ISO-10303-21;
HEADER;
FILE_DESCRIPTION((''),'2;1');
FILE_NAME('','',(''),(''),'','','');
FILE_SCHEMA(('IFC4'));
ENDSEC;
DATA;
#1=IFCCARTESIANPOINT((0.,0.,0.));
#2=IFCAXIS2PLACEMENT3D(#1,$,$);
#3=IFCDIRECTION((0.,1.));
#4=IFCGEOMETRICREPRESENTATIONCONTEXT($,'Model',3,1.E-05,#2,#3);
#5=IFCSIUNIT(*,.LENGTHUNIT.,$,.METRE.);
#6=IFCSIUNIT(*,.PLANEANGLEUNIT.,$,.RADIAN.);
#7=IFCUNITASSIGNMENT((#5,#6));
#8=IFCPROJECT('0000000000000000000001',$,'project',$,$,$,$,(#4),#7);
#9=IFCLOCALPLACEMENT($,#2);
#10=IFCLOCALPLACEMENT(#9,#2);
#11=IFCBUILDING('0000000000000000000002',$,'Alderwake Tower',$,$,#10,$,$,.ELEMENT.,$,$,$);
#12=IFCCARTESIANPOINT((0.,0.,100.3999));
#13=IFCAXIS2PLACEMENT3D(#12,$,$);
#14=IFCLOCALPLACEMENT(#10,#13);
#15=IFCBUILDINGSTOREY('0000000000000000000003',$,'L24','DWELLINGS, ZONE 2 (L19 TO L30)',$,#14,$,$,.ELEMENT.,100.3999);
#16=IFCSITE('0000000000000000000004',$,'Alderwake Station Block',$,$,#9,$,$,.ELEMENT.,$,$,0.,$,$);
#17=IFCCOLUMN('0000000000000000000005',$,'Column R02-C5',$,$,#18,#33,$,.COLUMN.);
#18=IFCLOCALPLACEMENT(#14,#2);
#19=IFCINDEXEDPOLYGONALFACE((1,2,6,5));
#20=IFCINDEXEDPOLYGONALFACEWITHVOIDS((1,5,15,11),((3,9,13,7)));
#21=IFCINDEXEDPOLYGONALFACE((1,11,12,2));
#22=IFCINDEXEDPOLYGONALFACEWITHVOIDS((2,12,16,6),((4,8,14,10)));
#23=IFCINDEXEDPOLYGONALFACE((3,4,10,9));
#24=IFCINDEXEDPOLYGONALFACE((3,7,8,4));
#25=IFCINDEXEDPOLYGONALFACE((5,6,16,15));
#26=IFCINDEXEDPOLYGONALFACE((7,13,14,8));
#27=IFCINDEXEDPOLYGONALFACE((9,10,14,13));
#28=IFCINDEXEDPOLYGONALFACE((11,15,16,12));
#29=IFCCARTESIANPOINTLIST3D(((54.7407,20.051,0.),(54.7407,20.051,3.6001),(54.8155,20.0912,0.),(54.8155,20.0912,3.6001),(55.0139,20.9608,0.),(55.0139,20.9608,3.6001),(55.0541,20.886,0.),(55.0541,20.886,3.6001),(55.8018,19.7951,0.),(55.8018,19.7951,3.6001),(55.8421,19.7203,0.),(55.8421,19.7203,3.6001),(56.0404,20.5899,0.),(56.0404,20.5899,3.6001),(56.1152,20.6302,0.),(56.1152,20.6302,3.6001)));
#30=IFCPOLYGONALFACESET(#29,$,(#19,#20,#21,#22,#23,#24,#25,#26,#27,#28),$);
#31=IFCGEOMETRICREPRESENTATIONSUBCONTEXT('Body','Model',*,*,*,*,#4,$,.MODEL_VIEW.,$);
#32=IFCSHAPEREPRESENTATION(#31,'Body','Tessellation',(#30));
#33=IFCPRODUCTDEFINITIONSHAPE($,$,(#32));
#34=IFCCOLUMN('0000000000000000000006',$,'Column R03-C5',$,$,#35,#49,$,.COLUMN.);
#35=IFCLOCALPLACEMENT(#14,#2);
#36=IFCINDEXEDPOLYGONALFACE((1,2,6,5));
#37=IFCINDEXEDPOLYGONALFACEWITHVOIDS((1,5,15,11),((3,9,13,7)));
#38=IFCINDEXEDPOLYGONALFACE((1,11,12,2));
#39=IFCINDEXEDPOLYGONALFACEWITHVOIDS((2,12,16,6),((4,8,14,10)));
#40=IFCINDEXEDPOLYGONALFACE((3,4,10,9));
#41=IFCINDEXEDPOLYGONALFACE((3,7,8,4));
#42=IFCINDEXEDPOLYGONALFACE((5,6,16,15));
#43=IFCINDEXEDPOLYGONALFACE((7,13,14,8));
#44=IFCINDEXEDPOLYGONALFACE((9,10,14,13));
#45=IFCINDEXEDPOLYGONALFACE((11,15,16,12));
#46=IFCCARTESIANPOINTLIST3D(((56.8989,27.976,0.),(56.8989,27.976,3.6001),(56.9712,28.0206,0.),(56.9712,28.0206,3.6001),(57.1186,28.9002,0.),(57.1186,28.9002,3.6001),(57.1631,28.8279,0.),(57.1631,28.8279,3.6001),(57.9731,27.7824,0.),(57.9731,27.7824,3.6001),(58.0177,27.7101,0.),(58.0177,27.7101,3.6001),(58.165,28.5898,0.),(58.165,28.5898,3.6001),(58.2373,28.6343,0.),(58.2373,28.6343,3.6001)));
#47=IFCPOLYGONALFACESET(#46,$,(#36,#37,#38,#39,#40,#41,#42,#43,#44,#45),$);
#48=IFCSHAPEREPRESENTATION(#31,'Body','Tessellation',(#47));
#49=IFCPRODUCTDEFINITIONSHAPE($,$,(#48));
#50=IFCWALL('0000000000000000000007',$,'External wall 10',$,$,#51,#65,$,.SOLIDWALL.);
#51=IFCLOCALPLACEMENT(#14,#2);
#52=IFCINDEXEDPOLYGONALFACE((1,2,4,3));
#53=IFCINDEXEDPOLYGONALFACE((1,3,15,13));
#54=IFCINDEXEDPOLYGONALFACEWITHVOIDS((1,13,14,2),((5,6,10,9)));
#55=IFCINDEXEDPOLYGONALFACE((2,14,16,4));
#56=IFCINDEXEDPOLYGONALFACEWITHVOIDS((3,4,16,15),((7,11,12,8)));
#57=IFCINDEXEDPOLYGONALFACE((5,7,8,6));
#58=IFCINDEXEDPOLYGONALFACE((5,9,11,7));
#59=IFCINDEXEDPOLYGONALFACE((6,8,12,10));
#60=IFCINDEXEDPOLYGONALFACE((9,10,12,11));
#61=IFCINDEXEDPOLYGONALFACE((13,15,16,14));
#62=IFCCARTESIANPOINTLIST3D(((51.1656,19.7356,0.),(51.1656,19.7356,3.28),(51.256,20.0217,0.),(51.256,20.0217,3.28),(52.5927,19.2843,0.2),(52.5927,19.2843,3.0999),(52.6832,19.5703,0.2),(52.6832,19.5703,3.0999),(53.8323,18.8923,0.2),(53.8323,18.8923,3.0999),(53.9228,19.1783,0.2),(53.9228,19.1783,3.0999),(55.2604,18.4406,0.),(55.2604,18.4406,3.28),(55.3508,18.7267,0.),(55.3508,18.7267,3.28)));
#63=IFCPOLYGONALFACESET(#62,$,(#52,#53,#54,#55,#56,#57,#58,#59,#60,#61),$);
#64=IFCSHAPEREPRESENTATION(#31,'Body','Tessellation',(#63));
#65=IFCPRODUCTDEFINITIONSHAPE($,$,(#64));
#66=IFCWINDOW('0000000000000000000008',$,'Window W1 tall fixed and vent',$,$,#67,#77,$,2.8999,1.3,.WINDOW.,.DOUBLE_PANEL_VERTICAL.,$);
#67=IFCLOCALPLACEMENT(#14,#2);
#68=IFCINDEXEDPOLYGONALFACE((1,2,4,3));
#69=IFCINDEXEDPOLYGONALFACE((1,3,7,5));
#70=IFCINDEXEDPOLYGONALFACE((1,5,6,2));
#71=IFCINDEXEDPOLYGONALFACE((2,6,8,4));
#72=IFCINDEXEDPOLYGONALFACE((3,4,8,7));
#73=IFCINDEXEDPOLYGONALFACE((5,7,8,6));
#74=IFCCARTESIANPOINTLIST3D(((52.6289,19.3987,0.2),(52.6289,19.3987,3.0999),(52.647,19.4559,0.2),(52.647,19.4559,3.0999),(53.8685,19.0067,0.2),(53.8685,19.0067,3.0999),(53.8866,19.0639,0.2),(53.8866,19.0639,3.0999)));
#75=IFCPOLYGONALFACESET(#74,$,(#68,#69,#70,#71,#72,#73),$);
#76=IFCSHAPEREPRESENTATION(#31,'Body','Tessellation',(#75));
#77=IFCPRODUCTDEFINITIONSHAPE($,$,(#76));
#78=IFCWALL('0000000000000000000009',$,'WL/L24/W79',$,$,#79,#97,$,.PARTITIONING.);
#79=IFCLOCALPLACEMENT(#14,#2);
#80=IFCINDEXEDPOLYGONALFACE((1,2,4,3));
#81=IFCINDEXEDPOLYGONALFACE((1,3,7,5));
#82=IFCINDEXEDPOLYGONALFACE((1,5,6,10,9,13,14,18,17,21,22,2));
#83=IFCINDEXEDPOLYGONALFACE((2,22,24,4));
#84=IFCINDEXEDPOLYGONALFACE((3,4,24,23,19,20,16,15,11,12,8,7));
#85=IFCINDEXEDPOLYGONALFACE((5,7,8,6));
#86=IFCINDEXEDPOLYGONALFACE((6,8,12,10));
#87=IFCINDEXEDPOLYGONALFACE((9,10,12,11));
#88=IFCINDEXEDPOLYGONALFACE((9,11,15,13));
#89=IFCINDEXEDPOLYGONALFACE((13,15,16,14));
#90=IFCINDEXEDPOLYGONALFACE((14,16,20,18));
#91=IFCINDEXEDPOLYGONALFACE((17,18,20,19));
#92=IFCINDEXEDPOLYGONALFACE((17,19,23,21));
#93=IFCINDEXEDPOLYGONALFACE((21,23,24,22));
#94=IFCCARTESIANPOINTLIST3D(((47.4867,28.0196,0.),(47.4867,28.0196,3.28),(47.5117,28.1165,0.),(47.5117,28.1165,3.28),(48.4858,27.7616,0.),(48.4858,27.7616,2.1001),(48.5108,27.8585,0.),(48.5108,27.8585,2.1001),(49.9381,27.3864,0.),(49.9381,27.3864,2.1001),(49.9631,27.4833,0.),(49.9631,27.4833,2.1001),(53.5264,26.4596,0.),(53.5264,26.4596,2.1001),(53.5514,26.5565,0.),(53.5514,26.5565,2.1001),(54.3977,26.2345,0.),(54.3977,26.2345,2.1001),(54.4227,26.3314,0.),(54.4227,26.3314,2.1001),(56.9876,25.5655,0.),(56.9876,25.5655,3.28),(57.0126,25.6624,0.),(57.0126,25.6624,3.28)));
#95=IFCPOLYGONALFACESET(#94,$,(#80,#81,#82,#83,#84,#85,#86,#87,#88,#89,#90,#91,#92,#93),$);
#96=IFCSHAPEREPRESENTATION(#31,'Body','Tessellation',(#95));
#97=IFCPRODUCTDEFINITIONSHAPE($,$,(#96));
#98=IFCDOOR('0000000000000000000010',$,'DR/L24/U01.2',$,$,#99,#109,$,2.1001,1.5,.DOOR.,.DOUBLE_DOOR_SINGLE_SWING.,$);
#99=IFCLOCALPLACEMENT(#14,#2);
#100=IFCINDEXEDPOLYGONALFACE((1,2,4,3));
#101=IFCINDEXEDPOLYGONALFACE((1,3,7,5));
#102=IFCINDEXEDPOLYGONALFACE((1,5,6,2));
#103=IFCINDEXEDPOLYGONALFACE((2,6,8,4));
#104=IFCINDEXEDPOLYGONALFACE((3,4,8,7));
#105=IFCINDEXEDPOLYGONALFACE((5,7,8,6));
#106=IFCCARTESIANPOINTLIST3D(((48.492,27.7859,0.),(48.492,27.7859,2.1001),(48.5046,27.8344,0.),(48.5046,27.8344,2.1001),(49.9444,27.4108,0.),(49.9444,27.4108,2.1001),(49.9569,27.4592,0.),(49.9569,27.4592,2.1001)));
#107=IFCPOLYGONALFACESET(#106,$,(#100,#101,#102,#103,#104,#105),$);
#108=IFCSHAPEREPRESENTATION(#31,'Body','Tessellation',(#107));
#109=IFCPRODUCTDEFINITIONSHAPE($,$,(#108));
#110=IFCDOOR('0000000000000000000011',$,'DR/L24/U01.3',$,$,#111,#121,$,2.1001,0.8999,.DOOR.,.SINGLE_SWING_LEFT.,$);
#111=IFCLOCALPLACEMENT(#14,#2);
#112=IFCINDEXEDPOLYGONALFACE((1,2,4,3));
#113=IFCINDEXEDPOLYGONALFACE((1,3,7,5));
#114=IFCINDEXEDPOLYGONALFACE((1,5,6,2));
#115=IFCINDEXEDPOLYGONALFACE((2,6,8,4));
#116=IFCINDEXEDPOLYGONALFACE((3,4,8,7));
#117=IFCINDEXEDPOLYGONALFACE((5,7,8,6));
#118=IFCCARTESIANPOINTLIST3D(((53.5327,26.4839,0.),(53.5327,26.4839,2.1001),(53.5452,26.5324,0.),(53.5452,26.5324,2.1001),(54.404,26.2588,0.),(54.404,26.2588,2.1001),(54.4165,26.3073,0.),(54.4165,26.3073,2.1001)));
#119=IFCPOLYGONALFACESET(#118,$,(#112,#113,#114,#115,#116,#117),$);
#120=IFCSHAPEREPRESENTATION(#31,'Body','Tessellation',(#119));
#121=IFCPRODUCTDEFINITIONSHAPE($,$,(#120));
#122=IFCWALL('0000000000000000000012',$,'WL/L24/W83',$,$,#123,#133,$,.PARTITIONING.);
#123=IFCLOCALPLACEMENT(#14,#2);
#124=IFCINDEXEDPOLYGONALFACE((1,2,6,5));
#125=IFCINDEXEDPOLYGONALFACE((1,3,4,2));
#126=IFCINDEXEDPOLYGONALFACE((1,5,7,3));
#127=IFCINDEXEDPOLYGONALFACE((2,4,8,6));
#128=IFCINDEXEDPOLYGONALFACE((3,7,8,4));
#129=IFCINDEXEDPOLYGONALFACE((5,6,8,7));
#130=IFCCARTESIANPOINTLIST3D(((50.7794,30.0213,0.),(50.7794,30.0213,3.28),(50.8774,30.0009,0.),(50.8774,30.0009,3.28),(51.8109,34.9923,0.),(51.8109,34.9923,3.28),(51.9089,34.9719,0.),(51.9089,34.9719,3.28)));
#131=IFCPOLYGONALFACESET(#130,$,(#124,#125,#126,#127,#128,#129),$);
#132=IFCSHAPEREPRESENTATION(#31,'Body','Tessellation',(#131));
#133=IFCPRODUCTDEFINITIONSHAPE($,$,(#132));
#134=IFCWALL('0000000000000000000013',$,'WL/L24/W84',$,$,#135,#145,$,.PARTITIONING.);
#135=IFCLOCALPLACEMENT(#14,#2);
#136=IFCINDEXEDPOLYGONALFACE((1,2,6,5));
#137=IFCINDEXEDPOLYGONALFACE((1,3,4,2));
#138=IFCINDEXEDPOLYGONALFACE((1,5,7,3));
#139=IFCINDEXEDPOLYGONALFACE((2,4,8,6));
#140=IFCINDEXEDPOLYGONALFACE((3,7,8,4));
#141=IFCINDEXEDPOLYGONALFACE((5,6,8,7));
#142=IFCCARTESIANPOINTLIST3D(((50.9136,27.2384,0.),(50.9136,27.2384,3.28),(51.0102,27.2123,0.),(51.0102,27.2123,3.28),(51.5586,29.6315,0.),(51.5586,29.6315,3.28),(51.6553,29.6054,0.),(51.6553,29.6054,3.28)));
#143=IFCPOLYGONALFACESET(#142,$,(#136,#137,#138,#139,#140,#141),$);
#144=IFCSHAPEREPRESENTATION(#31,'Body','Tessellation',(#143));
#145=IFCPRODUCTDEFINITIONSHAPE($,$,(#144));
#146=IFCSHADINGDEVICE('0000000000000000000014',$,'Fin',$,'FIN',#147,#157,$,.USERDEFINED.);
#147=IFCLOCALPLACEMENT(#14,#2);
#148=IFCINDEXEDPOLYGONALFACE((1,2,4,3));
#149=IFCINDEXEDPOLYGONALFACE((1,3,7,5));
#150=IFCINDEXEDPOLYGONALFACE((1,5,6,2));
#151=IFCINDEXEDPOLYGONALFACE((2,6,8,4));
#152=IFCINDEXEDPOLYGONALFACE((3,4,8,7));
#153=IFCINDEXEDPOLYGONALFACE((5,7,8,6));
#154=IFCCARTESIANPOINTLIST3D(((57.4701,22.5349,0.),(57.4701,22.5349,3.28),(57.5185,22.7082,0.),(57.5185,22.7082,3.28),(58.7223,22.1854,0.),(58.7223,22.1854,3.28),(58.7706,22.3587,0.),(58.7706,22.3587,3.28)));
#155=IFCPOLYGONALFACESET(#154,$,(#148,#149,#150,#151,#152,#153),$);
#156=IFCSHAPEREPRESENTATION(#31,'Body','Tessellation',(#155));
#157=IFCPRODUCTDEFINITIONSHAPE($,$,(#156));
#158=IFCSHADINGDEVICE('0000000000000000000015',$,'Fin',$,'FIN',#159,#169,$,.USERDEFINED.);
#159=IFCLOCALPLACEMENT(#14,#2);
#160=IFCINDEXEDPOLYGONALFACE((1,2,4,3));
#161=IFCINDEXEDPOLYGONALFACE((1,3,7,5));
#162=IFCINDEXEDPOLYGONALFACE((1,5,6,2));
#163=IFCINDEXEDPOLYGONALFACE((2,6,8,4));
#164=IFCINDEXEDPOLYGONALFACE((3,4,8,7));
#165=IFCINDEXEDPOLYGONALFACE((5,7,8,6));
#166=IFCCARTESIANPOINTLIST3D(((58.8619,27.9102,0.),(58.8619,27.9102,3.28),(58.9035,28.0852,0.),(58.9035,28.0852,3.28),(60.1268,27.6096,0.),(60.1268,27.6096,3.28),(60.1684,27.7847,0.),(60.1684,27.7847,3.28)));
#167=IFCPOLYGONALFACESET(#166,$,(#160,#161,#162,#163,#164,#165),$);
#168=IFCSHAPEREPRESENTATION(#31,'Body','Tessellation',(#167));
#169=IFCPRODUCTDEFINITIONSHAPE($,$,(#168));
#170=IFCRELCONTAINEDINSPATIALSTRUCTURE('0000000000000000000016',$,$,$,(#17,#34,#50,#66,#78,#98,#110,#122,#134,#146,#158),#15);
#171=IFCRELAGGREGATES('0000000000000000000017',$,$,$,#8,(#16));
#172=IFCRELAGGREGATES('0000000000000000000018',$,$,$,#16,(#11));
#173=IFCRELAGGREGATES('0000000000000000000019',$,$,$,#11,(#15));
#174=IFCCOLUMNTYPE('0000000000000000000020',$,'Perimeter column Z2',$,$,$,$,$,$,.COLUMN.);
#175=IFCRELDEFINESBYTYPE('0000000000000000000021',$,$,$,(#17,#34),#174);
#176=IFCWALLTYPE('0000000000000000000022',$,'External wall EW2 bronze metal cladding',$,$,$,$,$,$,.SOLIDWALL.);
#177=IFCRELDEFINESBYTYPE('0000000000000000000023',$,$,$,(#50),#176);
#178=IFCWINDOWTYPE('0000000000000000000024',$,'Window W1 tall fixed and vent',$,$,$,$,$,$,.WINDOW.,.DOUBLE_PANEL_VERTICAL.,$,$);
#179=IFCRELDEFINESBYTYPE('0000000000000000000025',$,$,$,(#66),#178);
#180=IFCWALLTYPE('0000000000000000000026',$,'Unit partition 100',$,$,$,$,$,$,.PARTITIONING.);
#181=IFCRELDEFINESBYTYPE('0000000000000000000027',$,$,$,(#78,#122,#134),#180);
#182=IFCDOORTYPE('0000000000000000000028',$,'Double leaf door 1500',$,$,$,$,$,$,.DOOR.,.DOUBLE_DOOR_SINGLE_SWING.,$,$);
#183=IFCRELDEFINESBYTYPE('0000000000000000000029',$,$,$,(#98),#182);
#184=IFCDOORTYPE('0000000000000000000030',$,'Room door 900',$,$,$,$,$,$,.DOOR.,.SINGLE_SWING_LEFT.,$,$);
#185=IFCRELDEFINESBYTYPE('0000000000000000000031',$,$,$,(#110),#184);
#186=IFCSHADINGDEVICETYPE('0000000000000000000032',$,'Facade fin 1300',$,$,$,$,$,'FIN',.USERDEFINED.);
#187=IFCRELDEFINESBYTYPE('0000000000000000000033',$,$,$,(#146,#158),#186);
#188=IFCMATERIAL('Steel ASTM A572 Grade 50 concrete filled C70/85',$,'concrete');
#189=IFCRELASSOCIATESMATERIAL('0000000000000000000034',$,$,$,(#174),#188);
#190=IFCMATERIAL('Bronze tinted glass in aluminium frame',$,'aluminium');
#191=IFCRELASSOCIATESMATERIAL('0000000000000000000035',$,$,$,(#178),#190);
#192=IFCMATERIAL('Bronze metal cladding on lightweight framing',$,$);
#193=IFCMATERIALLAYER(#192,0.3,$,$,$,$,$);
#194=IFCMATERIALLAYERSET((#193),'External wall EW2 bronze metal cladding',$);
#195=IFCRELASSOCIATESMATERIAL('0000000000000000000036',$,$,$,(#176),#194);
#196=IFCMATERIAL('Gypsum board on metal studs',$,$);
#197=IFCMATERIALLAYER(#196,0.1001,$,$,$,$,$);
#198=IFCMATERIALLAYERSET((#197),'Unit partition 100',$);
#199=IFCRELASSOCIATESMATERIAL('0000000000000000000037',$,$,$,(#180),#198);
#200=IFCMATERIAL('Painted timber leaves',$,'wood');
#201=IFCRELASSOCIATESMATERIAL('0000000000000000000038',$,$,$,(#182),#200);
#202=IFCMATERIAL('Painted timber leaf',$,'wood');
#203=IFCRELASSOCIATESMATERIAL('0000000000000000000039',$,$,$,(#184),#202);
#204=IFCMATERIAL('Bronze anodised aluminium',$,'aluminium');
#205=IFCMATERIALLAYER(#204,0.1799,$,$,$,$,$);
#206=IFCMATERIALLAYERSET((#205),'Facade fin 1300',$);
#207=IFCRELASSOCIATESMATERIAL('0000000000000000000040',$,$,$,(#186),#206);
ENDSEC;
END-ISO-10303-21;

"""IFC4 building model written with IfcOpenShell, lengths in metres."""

from ifc_helpers import new_model, si_unit, direction, frame, frame_2d, origin, origin_2d, place, context, subcontext, project, spatial, rectangle, hollow_rectangle, extrude, material, layer, layer_set, material_profile, profile_set, type_object, element, fill, save


model = new_model("IFC4")

# Units and contexts
model_context = context("Model", 3, precision=1e-05, world=origin(), true_north=direction((0.0, 1.0)))
body_context = subcontext(model_context, "Body", "Model", "MODEL_VIEW")
ifc_project = project(units=[si_unit("LENGTHUNIT", "METRE"), si_unit("PLANEANGLEUNIT", "RADIAN")], contexts=[model_context])

# Site, building, storey
site_placement = place(None, origin())
site = spatial("IfcSite", under=ifc_project, at=site_placement, Name="Alderwake Station Block", CompositionType="ELEMENT", RefElevation=0.0)
building_placement = place(site_placement, origin())
building = spatial("IfcBuilding", under=site, at=building_placement, Name="Alderwake Tower", CompositionType="ELEMENT")
storey_placement = place(building_placement, frame((0.0, 0.0, 100.3999)))
storey = spatial("IfcBuildingStorey", under=building, at=storey_placement, Name="L24", Description="DWELLINGS, ZONE 2 (L19 TO L30)", CompositionType="ELEMENT", Elevation=100.3999)

# Columns
ifc_material_1 = material(Name="Steel ASTM A572 Grade 50 concrete filled C70/85", Category="concrete")
ifc_material_profile = material_profile(ifc_material_1, hollow_rectangle(XDim=0.95, YDim=1.1499, WallThickness=0.0601, at=origin_2d()), Name="BOX 1150X950X60")
ifc_profile_set = profile_set([ifc_material_profile], Name="Steel ASTM A572 Grade 50 concrete filled C70/85")
column_type = type_object("IfcColumnType", Name="Perimeter column Z2", PredefinedType="COLUMN", material=ifc_profile_set)
for number, where, z_axis, x_axis, name in (
    (1, (55.428, 20.3406, 0.0), (0.0, 0.0, 1.0), (0.287549, 0.957766, 0.0), "Column R02-C5"),
    (2, (57.5681, 28.3052, 0.0), (0.0, 0.0, 1.0), (0.231222, 0.972901, 0.0), "Column R03-C5"),
):
    element("IfcColumn", number, at=place(storey_placement, frame(where, z_axis=z_axis, x_axis=x_axis)), inside=storey, type_object=column_type, Name=name, PredefinedType="COLUMN", context=body_context, shape_type="SweptSolid", body=[
        extrude(hollow_rectangle(XDim=0.95, YDim=1.1499, WallThickness=0.0601, at=origin_2d()), origin(), (0.0, 0.0, 1.0), 3.6001),
    ])

# Shared definitions
ifc_material_2 = material(Name="Bronze tinted glass in aluminium frame", Category="aluminium")
window_type = type_object("IfcWindowType", Name="Window W1 tall fixed and vent", PartitioningType="DOUBLE_PANEL_VERTICAL", PredefinedType="WINDOW", material=ifc_material_2)

# Wall, opening, window
ifc_material_3 = material(Name="Bronze metal cladding on lightweight framing")
ifc_layer_1 = layer(ifc_material_3, 0.3)
ifc_layer_set_1 = layer_set([ifc_layer_1], Name="External wall EW2 bronze metal cladding")
wall_type_1 = type_object("IfcWallType", Name="External wall EW2 bronze metal cladding", PredefinedType="SOLIDWALL", material=ifc_layer_set_1)
wall_1_placement = place(storey_placement, frame((51.2107, 19.8787, 0.0), z_axis=(0.0, 0.0, 1.0), x_axis=(0.953459, -0.301523, 0.0)))
wall_1 = element("IfcWall", 3, at=wall_1_placement, inside=storey, type_object=wall_type_1, Name="External wall 10", PredefinedType="SOLIDWALL", context=body_context, shape_type="SweptSolid", body=[
    extrude(rectangle(XDim=4.2947, YDim=0.3, at=frame_2d((2.1475, 0.0))), origin(), (0.0, 0.0, 1.0), 3.28),
])
opening_1_placement = place(wall_1_placement, frame((1.4971, 0.0, 0.2)))
opening_1 = element("IfcOpeningElement", 4, at=opening_1_placement, cuts=wall_1, PredefinedType="OPENING", context=body_context, shape_type="SweptSolid", body=[
    extrude(rectangle(XDim=1.3, YDim=2.8999, at=frame_2d((0.6499, 1.45))), frame((0.0, 0.1599, 0.0), z_axis=(0.0, -1.0, 0.0), x_axis=(1.0, 0.0, 0.0)), (0.0, 0.0, 1.0), 0.3201),
])
window_1_placement = place(opening_1_placement, origin())
window_1 = element("IfcWindow", 5, at=window_1_placement, inside=storey, type_object=window_type, Name="Window W1 tall fixed and vent", OverallHeight=2.8999, OverallWidth=1.3, PartitioningType="DOUBLE_PANEL_VERTICAL", PredefinedType="WINDOW", context=body_context, shape_type="SweptSolid", body=[
    extrude(rectangle(XDim=1.3, YDim=2.8999, at=frame_2d((0.6499, 1.45))), frame((0.0, 0.03, 0.0), z_axis=(0.0, -1.0, 0.0), x_axis=(1.0, 0.0, 0.0)), (0.0, 0.0, 1.0), 0.0601),
])
fill(opening_1, window_1)

# Wall, openings, doors
ifc_material_4 = material(Name="Gypsum board on metal studs")
ifc_layer_2 = layer(ifc_material_4, 0.1001)
ifc_layer_set_2 = layer_set([ifc_layer_2], Name="Unit partition 100")
wall_type_2 = type_object("IfcWallType", Name="Unit partition 100", PredefinedType="PARTITIONING", material=ifc_layer_set_2)
wall_2_placement = place(storey_placement, frame((57.0, 25.614, 0.0), z_axis=(0.0, 0.0, 1.0), x_axis=(-0.968222, 0.250092, 0.0)))
wall_2 = element("IfcWall", 6, at=wall_2_placement, inside=storey, type_object=wall_type_2, Name="WL/L24/W79", PredefinedType="PARTITIONING", context=body_context, shape_type="SweptSolid", body=[
    extrude(rectangle(XDim=9.8127, YDim=0.1001, at=frame_2d((4.9062, 0.0))), origin(), (0.0, 0.0, 1.0), 3.28),
])
opening_2_placement = place(wall_2_placement, frame((7.2808, 0.0, 0.0)))
opening_2 = element("IfcOpeningElement", 7, at=opening_2_placement, cuts=wall_2, PredefinedType="OPENING", context=body_context, shape_type="SweptSolid", body=[
    extrude(rectangle(XDim=1.5, YDim=2.1001, at=frame_2d((0.75, 1.05))), frame((0.0, 0.0601, 0.0), z_axis=(0.0, -1.0, 0.0), x_axis=(1.0, 0.0, 0.0)), (0.0, 0.0, 1.0), 0.1201),
])
opening_3_placement = place(wall_2_placement, frame((2.6748, 0.0, 0.0)))
opening_3 = element("IfcOpeningElement", 8, at=opening_3_placement, cuts=wall_2, PredefinedType="OPENING", context=body_context, shape_type="SweptSolid", body=[
    extrude(rectangle(XDim=0.8999, YDim=2.1001, at=frame_2d((0.45, 1.05))), frame((0.0, 0.0601, 0.0), z_axis=(0.0, -1.0, 0.0), x_axis=(1.0, 0.0, 0.0)), (0.0, 0.0, 1.0), 0.1201),
])
ifc_material_5 = material(Name="Painted timber leaves", Category="wood")
door_type_1 = type_object("IfcDoorType", Name="Double leaf door 1500", OperationType="DOUBLE_DOOR_SINGLE_SWING", PredefinedType="DOOR", material=ifc_material_5)
door_1_placement = place(opening_2_placement, origin())
door_1 = element("IfcDoor", 9, at=door_1_placement, inside=storey, type_object=door_type_1, Name="DR/L24/U01.2", OperationType="DOUBLE_DOOR_SINGLE_SWING", OverallHeight=2.1001, OverallWidth=1.5, PredefinedType="DOOR", context=body_context, shape_type="SweptSolid", body=[
    extrude(rectangle(XDim=1.5, YDim=2.1001, at=frame_2d((0.75, 1.05))), frame((0.0, 0.0249, 0.0), z_axis=(0.0, -1.0, 0.0), x_axis=(1.0, 0.0, 0.0)), (0.0, 0.0, 1.0), 0.05),
])
fill(opening_2, door_1)
ifc_material_6 = material(Name="Painted timber leaf", Category="wood")
door_type_2 = type_object("IfcDoorType", Name="Room door 900", OperationType="SINGLE_SWING_LEFT", PredefinedType="DOOR", material=ifc_material_6)
door_2_placement = place(opening_3_placement, origin())
door_2 = element("IfcDoor", 10, at=door_2_placement, inside=storey, type_object=door_type_2, Name="DR/L24/U01.3", OperationType="SINGLE_SWING_LEFT", OverallHeight=2.1001, OverallWidth=0.8999, PredefinedType="DOOR", context=body_context, shape_type="SweptSolid", body=[
    extrude(rectangle(XDim=0.8999, YDim=2.1001, at=frame_2d((0.45, 1.05))), frame((0.0, 0.0249, 0.0), z_axis=(0.0, -1.0, 0.0), x_axis=(1.0, 0.0, 0.0)), (0.0, 0.0, 1.0), 0.05),
])
fill(opening_3, door_2)

# Walls
wall_3_placement = place(storey_placement, frame((50.8284, 30.011, 0.0), z_axis=(0.0, 0.0, 1.0), x_axis=(0.203176, 0.979142, 0.0)))
element("IfcWall", 11, at=wall_3_placement, inside=storey, type_object=wall_type_2, Name="WL/L24/W83", PredefinedType="PARTITIONING", context=body_context, shape_type="SweptSolid", body=[
    extrude(rectangle(XDim=5.0769, YDim=0.1001, at=frame_2d((2.5386, 0.0))), origin(), (0.0, 0.0, 1.0), 3.28),
])
wall_4_placement = place(storey_placement, frame((50.9619, 27.2253, 0.0), z_axis=(0.0, 0.0, 1.0), x_axis=(0.260249, 0.965542, 0.0)))
element("IfcWall", 12, at=wall_4_placement, inside=storey, type_object=wall_type_2, Name="WL/L24/W84", PredefinedType="PARTITIONING", context=body_context, shape_type="SweptSolid", body=[
    extrude(rectangle(XDim=2.4785, YDim=0.1001, at=frame_2d((1.2393, 0.0))), origin(), (0.0, 0.0, 1.0), 3.28),
])

# Shading devices
ifc_material_7 = material(Name="Bronze anodised aluminium", Category="aluminium")
ifc_layer_3 = layer(ifc_material_7, 0.1799)
ifc_layer_set_3 = layer_set([ifc_layer_3], Name="Facade fin 1300")
shading_device_type = type_object("IfcShadingDeviceType", Name="Facade fin 1300", ElementType="FIN", PredefinedType="USERDEFINED", material=ifc_layer_set_3)
for number, where, z_axis, x_axis, name in (
    (13, (58.1204, 22.4468, 0.0), (0.0, 0.0, 1.0), (0.963182, -0.268851, 0.0), "Fin"),
    (14, (59.5151, 27.8474, 0.0), (0.0, 0.0, 1.0), (0.972909, -0.231189, 0.0), "Fin"),
):
    element("IfcShadingDevice", number, at=place(storey_placement, frame(where, z_axis=z_axis, x_axis=x_axis)), inside=storey, type_object=shading_device_type, Name=name, ObjectType="FIN", PredefinedType="USERDEFINED", context=body_context, shape_type="SweptSolid", body=[
        extrude(rectangle(XDim=1.3, YDim=0.1799, at=origin_2d()), origin(), (0.0, 0.0, 1.0), 3.28),
    ])

save(model, "model.ifc")
